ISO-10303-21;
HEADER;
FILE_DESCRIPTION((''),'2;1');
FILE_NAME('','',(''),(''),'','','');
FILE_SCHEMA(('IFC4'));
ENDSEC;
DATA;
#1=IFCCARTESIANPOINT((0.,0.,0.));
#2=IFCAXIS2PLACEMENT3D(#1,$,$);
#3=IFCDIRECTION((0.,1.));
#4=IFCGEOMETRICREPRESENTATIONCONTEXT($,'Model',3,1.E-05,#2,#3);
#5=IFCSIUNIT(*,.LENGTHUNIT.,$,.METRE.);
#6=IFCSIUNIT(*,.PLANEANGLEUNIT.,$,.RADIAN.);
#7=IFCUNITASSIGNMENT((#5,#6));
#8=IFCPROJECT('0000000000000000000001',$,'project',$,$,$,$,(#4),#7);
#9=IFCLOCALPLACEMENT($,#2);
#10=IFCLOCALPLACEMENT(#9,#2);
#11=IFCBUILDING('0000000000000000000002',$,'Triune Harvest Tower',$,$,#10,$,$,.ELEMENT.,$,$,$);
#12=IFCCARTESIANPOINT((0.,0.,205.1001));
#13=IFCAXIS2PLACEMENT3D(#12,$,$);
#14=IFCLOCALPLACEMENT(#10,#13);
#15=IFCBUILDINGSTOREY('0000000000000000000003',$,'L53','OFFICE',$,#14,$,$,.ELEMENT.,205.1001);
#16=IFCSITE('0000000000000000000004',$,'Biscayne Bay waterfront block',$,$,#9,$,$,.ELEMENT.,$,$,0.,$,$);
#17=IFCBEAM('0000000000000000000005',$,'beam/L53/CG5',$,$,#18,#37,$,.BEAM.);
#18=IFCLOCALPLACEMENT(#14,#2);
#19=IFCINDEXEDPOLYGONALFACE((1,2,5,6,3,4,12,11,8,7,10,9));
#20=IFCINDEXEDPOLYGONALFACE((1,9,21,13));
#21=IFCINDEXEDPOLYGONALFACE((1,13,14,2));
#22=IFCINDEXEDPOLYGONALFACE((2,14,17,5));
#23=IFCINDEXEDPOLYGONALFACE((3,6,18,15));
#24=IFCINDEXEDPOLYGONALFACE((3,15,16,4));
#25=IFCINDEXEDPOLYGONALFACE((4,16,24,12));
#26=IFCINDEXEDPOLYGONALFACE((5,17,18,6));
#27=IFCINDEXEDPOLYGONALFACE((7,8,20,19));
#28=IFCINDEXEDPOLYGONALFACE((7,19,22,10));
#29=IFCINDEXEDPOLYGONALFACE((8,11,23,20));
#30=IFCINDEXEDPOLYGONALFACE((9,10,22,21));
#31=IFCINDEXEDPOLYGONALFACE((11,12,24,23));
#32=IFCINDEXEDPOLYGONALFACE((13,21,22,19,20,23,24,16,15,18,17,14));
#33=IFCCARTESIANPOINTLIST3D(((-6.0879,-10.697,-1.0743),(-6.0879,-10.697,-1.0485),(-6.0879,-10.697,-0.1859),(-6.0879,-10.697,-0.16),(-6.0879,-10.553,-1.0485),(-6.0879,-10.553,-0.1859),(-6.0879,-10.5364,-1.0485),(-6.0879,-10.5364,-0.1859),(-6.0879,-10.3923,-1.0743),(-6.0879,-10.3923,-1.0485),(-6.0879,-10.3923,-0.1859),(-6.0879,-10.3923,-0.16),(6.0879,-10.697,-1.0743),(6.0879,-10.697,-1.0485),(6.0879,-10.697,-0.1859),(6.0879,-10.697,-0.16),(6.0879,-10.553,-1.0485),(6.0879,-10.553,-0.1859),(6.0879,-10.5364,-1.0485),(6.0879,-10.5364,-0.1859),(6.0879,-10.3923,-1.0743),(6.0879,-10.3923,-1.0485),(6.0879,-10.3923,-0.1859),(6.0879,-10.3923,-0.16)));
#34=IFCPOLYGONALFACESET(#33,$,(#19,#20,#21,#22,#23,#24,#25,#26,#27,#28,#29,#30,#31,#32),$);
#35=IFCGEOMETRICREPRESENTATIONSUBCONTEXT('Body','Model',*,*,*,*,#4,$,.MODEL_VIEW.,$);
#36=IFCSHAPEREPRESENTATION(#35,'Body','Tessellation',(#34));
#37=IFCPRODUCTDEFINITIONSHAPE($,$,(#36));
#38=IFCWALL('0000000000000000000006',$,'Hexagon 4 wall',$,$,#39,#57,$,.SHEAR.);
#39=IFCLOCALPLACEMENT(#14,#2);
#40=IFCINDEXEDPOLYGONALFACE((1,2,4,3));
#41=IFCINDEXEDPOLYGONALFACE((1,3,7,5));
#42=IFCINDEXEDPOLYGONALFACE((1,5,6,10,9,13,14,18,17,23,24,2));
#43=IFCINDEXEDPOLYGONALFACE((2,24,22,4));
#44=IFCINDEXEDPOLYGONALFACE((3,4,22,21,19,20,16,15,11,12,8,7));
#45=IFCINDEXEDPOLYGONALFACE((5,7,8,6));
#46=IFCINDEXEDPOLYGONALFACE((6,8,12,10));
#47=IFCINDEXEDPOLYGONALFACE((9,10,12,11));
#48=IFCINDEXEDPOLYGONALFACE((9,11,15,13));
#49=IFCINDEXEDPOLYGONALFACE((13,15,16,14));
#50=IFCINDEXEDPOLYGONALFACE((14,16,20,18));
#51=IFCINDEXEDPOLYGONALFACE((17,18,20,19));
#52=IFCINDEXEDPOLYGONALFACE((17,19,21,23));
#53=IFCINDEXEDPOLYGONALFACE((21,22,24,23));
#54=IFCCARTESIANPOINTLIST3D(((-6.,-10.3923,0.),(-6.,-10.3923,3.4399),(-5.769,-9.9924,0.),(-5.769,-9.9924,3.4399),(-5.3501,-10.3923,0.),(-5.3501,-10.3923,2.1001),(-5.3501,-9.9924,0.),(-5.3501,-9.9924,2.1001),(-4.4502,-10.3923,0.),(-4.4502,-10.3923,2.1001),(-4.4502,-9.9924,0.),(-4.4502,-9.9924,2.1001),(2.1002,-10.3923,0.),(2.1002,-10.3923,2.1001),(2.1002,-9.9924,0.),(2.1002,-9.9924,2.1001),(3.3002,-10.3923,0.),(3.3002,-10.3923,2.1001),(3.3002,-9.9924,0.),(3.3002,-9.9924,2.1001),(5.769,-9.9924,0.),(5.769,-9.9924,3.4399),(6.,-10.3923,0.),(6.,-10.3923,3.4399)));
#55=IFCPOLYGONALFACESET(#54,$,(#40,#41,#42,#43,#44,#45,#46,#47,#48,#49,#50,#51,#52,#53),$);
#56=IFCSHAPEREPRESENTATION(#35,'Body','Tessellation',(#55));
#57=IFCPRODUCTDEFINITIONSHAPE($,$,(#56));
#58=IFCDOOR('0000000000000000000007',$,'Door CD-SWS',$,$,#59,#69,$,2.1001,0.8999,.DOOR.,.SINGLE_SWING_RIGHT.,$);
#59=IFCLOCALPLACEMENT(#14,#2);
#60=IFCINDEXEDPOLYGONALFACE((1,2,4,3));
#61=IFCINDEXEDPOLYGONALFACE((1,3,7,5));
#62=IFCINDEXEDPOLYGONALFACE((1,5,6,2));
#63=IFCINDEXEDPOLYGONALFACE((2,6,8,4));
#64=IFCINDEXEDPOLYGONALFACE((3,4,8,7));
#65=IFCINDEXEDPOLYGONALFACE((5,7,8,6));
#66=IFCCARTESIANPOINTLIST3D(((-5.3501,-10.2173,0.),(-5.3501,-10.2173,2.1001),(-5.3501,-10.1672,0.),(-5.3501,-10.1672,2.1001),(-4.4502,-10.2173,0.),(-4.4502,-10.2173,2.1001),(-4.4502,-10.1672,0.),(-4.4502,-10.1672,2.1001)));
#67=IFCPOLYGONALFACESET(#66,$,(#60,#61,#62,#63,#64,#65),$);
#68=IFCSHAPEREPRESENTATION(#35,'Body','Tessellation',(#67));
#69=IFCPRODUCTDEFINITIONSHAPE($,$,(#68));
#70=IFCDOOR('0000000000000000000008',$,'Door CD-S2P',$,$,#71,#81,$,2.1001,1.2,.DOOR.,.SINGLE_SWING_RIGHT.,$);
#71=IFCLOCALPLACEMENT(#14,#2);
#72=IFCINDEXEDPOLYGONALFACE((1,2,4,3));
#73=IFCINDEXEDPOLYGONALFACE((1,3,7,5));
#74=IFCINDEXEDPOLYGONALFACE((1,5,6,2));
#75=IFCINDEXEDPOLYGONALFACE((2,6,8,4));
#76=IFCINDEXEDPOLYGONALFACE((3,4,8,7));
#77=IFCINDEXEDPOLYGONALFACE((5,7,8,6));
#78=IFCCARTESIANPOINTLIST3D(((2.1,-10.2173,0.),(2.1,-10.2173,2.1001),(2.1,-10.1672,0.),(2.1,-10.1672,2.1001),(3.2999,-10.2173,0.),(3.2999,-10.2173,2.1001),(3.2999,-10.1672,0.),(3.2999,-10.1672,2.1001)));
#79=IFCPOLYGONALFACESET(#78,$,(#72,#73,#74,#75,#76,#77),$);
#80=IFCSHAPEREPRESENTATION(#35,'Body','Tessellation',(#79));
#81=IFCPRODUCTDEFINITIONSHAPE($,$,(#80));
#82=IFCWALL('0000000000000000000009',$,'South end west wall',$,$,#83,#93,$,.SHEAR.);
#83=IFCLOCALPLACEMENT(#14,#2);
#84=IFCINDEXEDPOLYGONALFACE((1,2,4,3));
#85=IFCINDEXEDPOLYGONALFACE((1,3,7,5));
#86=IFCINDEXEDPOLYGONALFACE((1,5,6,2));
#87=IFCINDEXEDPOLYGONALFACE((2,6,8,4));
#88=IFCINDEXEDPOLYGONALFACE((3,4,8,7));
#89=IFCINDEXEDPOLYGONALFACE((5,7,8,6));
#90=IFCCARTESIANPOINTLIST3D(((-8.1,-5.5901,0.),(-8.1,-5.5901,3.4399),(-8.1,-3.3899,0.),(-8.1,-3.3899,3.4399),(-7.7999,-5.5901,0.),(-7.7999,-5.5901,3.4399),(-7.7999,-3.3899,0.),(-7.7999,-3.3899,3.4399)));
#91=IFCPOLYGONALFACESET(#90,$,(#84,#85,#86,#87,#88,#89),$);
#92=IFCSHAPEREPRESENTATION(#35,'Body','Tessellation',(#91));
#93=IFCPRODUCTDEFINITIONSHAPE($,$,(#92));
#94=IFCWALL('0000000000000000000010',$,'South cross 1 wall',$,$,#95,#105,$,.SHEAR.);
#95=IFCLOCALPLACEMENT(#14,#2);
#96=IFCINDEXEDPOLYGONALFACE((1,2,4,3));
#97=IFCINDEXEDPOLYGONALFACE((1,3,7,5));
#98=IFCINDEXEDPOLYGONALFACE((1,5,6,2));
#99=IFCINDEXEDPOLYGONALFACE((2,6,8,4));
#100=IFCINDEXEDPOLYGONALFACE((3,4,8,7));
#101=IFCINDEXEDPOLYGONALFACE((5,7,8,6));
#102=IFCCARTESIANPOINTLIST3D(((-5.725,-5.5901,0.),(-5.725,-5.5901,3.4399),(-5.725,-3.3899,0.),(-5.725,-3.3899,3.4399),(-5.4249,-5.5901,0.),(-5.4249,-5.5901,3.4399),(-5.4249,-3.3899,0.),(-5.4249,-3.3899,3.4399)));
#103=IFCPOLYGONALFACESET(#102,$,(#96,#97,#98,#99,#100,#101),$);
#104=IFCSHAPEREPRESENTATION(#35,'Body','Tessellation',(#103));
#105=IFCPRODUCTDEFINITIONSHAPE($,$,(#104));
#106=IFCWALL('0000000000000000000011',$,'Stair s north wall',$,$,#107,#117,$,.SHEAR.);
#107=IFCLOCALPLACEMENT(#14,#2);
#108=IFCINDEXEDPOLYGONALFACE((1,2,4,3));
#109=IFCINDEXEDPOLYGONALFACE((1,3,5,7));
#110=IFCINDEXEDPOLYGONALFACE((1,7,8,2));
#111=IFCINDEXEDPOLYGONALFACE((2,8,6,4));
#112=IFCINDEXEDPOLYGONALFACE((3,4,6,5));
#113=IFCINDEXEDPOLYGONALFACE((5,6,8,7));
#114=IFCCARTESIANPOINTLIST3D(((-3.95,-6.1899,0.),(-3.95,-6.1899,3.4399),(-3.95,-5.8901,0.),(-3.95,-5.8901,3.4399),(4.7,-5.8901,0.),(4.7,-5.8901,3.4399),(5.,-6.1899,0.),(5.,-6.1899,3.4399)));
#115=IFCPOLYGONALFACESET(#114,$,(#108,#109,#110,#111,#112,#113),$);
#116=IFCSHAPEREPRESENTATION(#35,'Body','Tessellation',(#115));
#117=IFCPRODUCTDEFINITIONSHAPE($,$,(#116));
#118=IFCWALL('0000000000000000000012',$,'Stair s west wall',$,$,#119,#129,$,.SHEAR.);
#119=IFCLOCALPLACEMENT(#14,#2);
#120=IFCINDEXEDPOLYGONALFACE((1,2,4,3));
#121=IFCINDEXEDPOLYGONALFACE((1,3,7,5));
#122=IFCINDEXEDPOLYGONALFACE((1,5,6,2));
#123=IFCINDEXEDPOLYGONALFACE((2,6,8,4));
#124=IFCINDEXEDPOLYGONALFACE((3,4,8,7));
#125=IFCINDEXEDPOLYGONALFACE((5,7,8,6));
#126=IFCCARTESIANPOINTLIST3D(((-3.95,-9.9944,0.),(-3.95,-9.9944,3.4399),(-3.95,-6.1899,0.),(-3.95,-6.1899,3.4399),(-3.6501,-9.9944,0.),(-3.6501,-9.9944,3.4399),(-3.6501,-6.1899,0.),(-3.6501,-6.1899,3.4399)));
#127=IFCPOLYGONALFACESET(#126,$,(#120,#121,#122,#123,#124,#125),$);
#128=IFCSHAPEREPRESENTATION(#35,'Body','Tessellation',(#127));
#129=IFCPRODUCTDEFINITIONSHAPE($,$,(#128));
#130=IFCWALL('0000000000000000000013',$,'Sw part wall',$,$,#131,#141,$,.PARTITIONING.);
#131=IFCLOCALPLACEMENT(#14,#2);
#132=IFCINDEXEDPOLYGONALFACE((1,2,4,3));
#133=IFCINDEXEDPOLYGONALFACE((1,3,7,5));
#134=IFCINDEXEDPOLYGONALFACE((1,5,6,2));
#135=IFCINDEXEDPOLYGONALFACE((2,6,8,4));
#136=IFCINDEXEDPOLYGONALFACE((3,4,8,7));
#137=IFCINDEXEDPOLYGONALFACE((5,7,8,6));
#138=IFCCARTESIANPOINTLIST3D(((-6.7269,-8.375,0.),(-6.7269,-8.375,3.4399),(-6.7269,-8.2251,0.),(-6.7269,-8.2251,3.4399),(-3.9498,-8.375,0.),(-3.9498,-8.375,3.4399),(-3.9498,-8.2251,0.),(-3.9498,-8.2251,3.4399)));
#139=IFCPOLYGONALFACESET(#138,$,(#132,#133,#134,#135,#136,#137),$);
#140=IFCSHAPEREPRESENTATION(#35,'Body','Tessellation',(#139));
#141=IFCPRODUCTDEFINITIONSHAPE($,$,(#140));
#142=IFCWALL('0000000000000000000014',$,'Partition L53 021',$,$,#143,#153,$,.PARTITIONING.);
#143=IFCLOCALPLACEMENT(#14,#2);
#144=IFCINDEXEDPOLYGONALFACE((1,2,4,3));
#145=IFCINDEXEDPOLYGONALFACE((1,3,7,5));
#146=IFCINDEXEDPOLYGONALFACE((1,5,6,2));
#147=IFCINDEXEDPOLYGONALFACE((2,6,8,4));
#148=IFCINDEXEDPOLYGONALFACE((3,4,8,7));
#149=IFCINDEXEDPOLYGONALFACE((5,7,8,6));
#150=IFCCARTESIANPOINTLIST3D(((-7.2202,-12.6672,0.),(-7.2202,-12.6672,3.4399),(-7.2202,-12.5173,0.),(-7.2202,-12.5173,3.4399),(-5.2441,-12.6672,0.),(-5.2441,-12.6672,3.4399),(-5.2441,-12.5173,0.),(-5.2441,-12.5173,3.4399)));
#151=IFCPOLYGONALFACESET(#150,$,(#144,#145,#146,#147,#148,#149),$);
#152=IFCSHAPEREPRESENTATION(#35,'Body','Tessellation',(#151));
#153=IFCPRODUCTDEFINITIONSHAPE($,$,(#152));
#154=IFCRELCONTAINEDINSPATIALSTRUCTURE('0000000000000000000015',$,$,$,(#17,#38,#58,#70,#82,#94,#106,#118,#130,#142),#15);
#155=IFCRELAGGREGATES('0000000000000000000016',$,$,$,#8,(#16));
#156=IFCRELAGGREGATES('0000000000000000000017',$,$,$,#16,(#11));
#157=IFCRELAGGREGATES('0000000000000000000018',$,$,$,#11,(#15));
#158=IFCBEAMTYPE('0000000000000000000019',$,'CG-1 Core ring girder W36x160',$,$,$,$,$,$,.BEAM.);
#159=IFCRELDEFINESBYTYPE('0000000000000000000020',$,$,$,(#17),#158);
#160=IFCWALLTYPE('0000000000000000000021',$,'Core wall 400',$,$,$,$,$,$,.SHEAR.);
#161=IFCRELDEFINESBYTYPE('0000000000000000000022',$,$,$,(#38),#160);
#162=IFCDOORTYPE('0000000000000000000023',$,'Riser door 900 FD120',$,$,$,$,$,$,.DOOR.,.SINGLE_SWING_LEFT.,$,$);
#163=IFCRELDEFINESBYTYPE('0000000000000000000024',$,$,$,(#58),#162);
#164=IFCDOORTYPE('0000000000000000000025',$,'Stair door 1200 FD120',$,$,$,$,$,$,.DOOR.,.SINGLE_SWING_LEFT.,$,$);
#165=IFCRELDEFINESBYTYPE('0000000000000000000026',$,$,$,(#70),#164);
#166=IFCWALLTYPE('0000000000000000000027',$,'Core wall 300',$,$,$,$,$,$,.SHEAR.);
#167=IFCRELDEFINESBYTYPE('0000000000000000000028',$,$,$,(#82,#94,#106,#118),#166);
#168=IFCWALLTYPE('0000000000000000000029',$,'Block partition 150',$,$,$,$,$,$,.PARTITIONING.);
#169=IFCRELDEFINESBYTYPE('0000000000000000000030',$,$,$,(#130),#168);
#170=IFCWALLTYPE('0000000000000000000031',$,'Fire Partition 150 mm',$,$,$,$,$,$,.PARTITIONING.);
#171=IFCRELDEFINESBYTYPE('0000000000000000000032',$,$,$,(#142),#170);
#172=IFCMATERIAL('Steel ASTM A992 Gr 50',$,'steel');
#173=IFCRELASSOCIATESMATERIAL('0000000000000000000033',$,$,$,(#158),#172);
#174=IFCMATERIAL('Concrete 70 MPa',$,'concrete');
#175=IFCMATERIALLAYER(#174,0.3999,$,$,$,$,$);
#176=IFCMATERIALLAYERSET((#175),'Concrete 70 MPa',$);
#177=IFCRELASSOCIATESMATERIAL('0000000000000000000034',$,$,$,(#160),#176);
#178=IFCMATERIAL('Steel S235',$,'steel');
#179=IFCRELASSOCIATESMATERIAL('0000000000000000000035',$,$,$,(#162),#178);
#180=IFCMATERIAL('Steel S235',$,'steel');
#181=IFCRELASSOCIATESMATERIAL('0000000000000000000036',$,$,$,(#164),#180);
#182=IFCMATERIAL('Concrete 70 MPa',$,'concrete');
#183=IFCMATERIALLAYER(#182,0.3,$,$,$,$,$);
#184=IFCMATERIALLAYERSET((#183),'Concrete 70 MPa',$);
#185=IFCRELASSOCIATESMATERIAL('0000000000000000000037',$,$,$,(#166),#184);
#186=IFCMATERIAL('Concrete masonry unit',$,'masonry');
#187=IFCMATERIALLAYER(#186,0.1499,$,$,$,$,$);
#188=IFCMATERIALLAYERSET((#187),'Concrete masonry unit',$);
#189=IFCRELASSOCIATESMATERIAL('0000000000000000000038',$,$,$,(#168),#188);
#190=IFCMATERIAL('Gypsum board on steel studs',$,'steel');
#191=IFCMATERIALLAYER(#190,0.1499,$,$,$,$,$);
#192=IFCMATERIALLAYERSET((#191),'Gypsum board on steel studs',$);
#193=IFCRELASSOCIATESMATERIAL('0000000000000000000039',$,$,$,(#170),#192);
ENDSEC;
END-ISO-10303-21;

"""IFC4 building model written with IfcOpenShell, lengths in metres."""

from ifc_helpers import new_model, si_unit, direction, frame, frame_2d, origin, origin_2d, place, context, subcontext, project, spatial, polyline, rectangle, i_section, outline, extrude, source, transform, mapped, material, layer, layer_set, material_profile, profile_set, type_object, element, fill, save


model = new_model("IFC4")

# Units and contexts
model_context = context("Model", 3, precision=1e-05, world=origin(), true_north=direction((0.0, 1.0)))
body_context = subcontext(model_context, "Body", "Model", "MODEL_VIEW")
ifc_project = project(units=[si_unit("LENGTHUNIT", "METRE"), si_unit("PLANEANGLEUNIT", "RADIAN")], contexts=[model_context])

# Site, building, storey
site_placement = place(None, origin())
site = spatial("IfcSite", under=ifc_project, at=site_placement, Name="Biscayne Bay waterfront block", CompositionType="ELEMENT", RefElevation=0.0)
building_placement = place(site_placement, origin())
building = spatial("IfcBuilding", under=site, at=building_placement, Name="Triune Harvest Tower", CompositionType="ELEMENT")
storey_placement = place(building_placement, frame((0.0, 0.0, 205.1001)))
storey = spatial("IfcBuildingStorey", under=building, at=storey_placement, Name="L53", Description="OFFICE", CompositionType="ELEMENT", Elevation=205.1001)

# Beam
ifc_material_1 = material(Name="Steel ASTM A992 Gr 50", Category="steel")
ifc_material_profile = material_profile(ifc_material_1, i_section(OverallWidth=0.3047, OverallDepth=0.9143, WebThickness=0.0166, FlangeThickness=0.0259, at=origin_2d()), Name="W36x160")
ifc_profile_set = profile_set([ifc_material_profile], Name="Steel ASTM A992 Gr 50")
beam_type = type_object("IfcBeamType", Name="CG-1 Core ring girder W36x160", PredefinedType="BEAM", material=ifc_profile_set)
shared_shape_1 = source(origin(), body_context, "Body", "SweptSolid", [
    extrude(i_section(OverallWidth=0.3047, OverallDepth=0.9143, WebThickness=0.0166, FlangeThickness=0.0259, at=origin_2d()), origin(), (0.0, 0.0, 1.0), 12.1758),
])
beam_placement = place(storey_placement, frame((-6.0879, -10.5447, -0.6172), z_axis=(1.0, 0.0, 0.0), x_axis=(0.0, 1.0, 0.0)))
element("IfcBeam", 1, at=beam_placement, inside=storey, type_object=beam_type, Name="beam/L53/CG5", PredefinedType="BEAM", context=body_context, shape_type="MappedRepresentation", body=[
    mapped(shared_shape_1, transform((0.0, 0.0, 0.0), scale=1.0)),
])

# Wall, openings, doors
ifc_material_2 = material(Name="Concrete 70 MPa", Category="concrete")
ifc_layer_1 = layer(ifc_material_2, 0.3999)
ifc_layer_set_1 = layer_set([ifc_layer_1], Name="Concrete 70 MPa")
wall_type_1 = type_object("IfcWallType", Name="Core wall 400", PredefinedType="SHEAR", material=ifc_layer_set_1)
shared_shape_2 = source(origin(), body_context, "Body", "SweptSolid", [
    extrude(outline(polyline([(-0.1155, -0.2), (11.8845, -0.2), (11.6536, 0.2), (0.1155, 0.2), (-0.1155, -0.2)])), origin(), (0.0, 0.0, 1.0), 3.4399),
])
wall_1_placement = place(storey_placement, frame((-5.8845, -10.1924, 0.0), z_axis=(0.0, 0.0, 1.0), x_axis=(1.0, 0.0, 0.0)))
wall_1 = element("IfcWall", 2, at=wall_1_placement, inside=storey, type_object=wall_type_1, Name="Hexagon 4 wall", PredefinedType="SHEAR", context=body_context, shape_type="MappedRepresentation", body=[
    mapped(shared_shape_2, transform((0.0, 0.0, 0.0), scale=1.0)),
])
opening_1_placement = place(wall_1_placement, frame((7.9846, 0.0, 0.0)))
opening_1 = element("IfcOpeningElement", 3, at=opening_1_placement, cuts=wall_1, PredefinedType="OPENING", context=body_context, shape_type="SweptSolid", body=[
    extrude(rectangle(XDim=1.2, YDim=2.1001, at=frame_2d((0.6001, 1.05))), frame((0.0, 0.21, 0.0), z_axis=(0.0, -1.0, 0.0), x_axis=(1.0, 0.0, 0.0)), (0.0, 0.0, 1.0), 0.4199),
])
opening_2_placement = place(wall_1_placement, frame((0.5344, 0.0, 0.0)))
opening_2 = element("IfcOpeningElement", 4, at=opening_2_placement, cuts=wall_1, PredefinedType="OPENING", context=body_context, shape_type="SweptSolid", body=[
    extrude(rectangle(XDim=0.8999, YDim=2.1001, at=frame_2d((0.45, 1.05))), frame((0.0, 0.21, 0.0), z_axis=(0.0, -1.0, 0.0), x_axis=(1.0, 0.0, 0.0)), (0.0, 0.0, 1.0), 0.4199),
])
ifc_material_3 = material(Name="Steel S235", Category="steel")
door_type_1 = type_object("IfcDoorType", Name="Riser door 900 FD120", OperationType="SINGLE_SWING_LEFT", PredefinedType="DOOR", material=ifc_material_3)
door_1_placement = place(opening_2_placement, frame((0.8999, 0.0, 0.0), z_axis=(0.0, 0.0, 1.0), x_axis=(-1.0, 0.0, 0.0)))
door_1 = element("IfcDoor", 5, at=door_1_placement, inside=storey, type_object=door_type_1, Name="Door CD-SWS", OperationType="SINGLE_SWING_RIGHT", OverallHeight=2.1001, OverallWidth=0.8999, PredefinedType="DOOR", context=body_context, shape_type="SweptSolid", body=[
    extrude(rectangle(XDim=0.8999, YDim=2.1001, at=frame_2d((0.45, 1.05))), frame((0.0, 0.0249, 0.0), z_axis=(0.0, -1.0, 0.0), x_axis=(1.0, 0.0, 0.0)), (0.0, 0.0, 1.0), 0.05),
])
fill(opening_2, door_1)
ifc_material_4 = material(Name="Steel S235", Category="steel")
door_type_2 = type_object("IfcDoorType", Name="Stair door 1200 FD120", OperationType="SINGLE_SWING_LEFT", PredefinedType="DOOR", material=ifc_material_4)
door_2_placement = place(opening_1_placement, frame((1.2, 0.0, 0.0), z_axis=(0.0, 0.0, 1.0), x_axis=(-1.0, 0.0, 0.0)))
door_2 = element("IfcDoor", 6, at=door_2_placement, inside=storey, type_object=door_type_2, Name="Door CD-S2P", OperationType="SINGLE_SWING_RIGHT", OverallHeight=2.1001, OverallWidth=1.2, PredefinedType="DOOR", context=body_context, shape_type="SweptSolid", body=[
    extrude(rectangle(XDim=1.2, YDim=2.1001, at=frame_2d((0.6001, 1.05))), frame((0.0, 0.0249, 0.0), z_axis=(0.0, -1.0, 0.0), x_axis=(1.0, 0.0, 0.0)), (0.0, 0.0, 1.0), 0.05),
])
fill(opening_1, door_2)

# Walls
ifc_material_5 = material(Name="Concrete 70 MPa", Category="concrete")
ifc_layer_2 = layer(ifc_material_5, 0.3)
ifc_layer_set_2 = layer_set([ifc_layer_2], Name="Concrete 70 MPa")
wall_type_2 = type_object("IfcWallType", Name="Core wall 300", PredefinedType="SHEAR", material=ifc_layer_set_2)
shared_shape_3 = source(origin(), body_context, "Body", "SweptSolid", [
    extrude(rectangle(XDim=2.2002, YDim=0.3, at=frame_2d((1.1001, 0.0))), origin(), (0.0, 0.0, 1.0), 3.4399),
])
for number, where, z_axis, x_axis, name in (
    (7, (-7.95, -5.5901, 0.0), (0.0, 0.0, 1.0), (0.0, 1.0, 0.0), "South end west wall"),
    (8, (-5.575, -5.5901, 0.0), (0.0, 0.0, 1.0), (0.0, 1.0, 0.0), "South cross 1 wall"),
):
    element("IfcWall", number, at=place(storey_placement, frame(where, z_axis=z_axis, x_axis=x_axis)), inside=storey, type_object=wall_type_2, Name=name, PredefinedType="SHEAR", context=body_context, shape_type="MappedRepresentation", body=[
        mapped(shared_shape_3, transform((0.0, 0.0, 0.0), scale=1.0)),
    ])
shared_shape_4 = source(origin(), body_context, "Body", "SweptSolid", [
    extrude(outline(polyline([(0.0, -0.1499), (8.95, -0.1499), (8.6499, 0.1499), (0.0, 0.1499), (0.0, -0.1499)])), origin(), (0.0, 0.0, 1.0), 3.4399),
])
wall_2_placement = place(storey_placement, frame((-3.95, -6.04, 0.0), z_axis=(0.0, 0.0, 1.0), x_axis=(1.0, 0.0, 0.0)))
element("IfcWall", 9, at=wall_2_placement, inside=storey, type_object=wall_type_2, Name="Stair s north wall", PredefinedType="SHEAR", context=body_context, shape_type="MappedRepresentation", body=[
    mapped(shared_shape_4, transform((0.0, 0.0, 0.0), scale=1.0)),
])
shared_shape_5 = source(origin(), body_context, "Body", "SweptSolid", [
    extrude(outline(polyline([(3.8, -0.1499), (-0.0044, -0.1499), (-0.0044, 0.1499), (3.8, 0.1499), (3.8, -0.1499)])), origin(), (0.0, 0.0, 1.0), 3.4399),
])
wall_3_placement = place(storey_placement, frame((-3.8, -9.99, 0.0), z_axis=(0.0, 0.0, 1.0), x_axis=(0.0, 1.0, 0.0)))
element("IfcWall", 10, at=wall_3_placement, inside=storey, type_object=wall_type_2, Name="Stair s west wall", PredefinedType="SHEAR", context=body_context, shape_type="MappedRepresentation", body=[
    mapped(shared_shape_5, transform((0.0, 0.0, 0.0), scale=1.0)),
])
ifc_material_6 = material(Name="Concrete masonry unit", Category="masonry")
ifc_layer_3 = layer(ifc_material_6, 0.1499)
ifc_layer_set_3 = layer_set([ifc_layer_3], Name="Concrete masonry unit")
wall_type_3 = type_object("IfcWallType", Name="Block partition 150", PredefinedType="PARTITIONING", material=ifc_layer_set_3)
shared_shape_6 = source(origin(), body_context, "Body", "SweptSolid", [
    extrude(rectangle(XDim=2.7771, YDim=0.1499, at=frame_2d((1.3887, 0.0))), origin(), (0.0, 0.0, 1.0), 3.4399),
])
wall_4_placement = place(storey_placement, frame((-6.7271, -8.3, 0.0), z_axis=(0.0, 0.0, 1.0), x_axis=(1.0, 0.0, 0.0)))
element("IfcWall", 11, at=wall_4_placement, inside=storey, type_object=wall_type_3, Name="Sw part wall", PredefinedType="PARTITIONING", context=body_context, shape_type="MappedRepresentation", body=[
    mapped(shared_shape_6, transform((0.0, 0.0, 0.0), scale=1.0)),
])
ifc_material_7 = material(Name="Gypsum board on steel studs", Category="steel")
ifc_layer_4 = layer(ifc_material_7, 0.1499)
ifc_layer_set_4 = layer_set([ifc_layer_4], Name="Gypsum board on steel studs")
wall_type_4 = type_object("IfcWallType", Name="Fire Partition 150 mm", PredefinedType="PARTITIONING", material=ifc_layer_set_4)
shared_shape_7 = source(origin(), body_context, "Body", "SweptSolid", [
    extrude(rectangle(XDim=1.9761, YDim=0.1499, at=frame_2d((0.988, 0.0))), origin(), (0.0, 0.0, 1.0), 3.4399),
])
wall_5_placement = place(storey_placement, frame((-7.2202, -12.5923, 0.0), z_axis=(0.0, 0.0, 1.0), x_axis=(1.0, 0.0, 0.0)))
element("IfcWall", 12, at=wall_5_placement, inside=storey, type_object=wall_type_4, Name="Partition L53 021", PredefinedType="PARTITIONING", context=body_context, shape_type="MappedRepresentation", body=[
    mapped(shared_shape_7, transform((0.0, 0.0, 0.0), scale=1.0)),
])

save(model, "model.ifc")
